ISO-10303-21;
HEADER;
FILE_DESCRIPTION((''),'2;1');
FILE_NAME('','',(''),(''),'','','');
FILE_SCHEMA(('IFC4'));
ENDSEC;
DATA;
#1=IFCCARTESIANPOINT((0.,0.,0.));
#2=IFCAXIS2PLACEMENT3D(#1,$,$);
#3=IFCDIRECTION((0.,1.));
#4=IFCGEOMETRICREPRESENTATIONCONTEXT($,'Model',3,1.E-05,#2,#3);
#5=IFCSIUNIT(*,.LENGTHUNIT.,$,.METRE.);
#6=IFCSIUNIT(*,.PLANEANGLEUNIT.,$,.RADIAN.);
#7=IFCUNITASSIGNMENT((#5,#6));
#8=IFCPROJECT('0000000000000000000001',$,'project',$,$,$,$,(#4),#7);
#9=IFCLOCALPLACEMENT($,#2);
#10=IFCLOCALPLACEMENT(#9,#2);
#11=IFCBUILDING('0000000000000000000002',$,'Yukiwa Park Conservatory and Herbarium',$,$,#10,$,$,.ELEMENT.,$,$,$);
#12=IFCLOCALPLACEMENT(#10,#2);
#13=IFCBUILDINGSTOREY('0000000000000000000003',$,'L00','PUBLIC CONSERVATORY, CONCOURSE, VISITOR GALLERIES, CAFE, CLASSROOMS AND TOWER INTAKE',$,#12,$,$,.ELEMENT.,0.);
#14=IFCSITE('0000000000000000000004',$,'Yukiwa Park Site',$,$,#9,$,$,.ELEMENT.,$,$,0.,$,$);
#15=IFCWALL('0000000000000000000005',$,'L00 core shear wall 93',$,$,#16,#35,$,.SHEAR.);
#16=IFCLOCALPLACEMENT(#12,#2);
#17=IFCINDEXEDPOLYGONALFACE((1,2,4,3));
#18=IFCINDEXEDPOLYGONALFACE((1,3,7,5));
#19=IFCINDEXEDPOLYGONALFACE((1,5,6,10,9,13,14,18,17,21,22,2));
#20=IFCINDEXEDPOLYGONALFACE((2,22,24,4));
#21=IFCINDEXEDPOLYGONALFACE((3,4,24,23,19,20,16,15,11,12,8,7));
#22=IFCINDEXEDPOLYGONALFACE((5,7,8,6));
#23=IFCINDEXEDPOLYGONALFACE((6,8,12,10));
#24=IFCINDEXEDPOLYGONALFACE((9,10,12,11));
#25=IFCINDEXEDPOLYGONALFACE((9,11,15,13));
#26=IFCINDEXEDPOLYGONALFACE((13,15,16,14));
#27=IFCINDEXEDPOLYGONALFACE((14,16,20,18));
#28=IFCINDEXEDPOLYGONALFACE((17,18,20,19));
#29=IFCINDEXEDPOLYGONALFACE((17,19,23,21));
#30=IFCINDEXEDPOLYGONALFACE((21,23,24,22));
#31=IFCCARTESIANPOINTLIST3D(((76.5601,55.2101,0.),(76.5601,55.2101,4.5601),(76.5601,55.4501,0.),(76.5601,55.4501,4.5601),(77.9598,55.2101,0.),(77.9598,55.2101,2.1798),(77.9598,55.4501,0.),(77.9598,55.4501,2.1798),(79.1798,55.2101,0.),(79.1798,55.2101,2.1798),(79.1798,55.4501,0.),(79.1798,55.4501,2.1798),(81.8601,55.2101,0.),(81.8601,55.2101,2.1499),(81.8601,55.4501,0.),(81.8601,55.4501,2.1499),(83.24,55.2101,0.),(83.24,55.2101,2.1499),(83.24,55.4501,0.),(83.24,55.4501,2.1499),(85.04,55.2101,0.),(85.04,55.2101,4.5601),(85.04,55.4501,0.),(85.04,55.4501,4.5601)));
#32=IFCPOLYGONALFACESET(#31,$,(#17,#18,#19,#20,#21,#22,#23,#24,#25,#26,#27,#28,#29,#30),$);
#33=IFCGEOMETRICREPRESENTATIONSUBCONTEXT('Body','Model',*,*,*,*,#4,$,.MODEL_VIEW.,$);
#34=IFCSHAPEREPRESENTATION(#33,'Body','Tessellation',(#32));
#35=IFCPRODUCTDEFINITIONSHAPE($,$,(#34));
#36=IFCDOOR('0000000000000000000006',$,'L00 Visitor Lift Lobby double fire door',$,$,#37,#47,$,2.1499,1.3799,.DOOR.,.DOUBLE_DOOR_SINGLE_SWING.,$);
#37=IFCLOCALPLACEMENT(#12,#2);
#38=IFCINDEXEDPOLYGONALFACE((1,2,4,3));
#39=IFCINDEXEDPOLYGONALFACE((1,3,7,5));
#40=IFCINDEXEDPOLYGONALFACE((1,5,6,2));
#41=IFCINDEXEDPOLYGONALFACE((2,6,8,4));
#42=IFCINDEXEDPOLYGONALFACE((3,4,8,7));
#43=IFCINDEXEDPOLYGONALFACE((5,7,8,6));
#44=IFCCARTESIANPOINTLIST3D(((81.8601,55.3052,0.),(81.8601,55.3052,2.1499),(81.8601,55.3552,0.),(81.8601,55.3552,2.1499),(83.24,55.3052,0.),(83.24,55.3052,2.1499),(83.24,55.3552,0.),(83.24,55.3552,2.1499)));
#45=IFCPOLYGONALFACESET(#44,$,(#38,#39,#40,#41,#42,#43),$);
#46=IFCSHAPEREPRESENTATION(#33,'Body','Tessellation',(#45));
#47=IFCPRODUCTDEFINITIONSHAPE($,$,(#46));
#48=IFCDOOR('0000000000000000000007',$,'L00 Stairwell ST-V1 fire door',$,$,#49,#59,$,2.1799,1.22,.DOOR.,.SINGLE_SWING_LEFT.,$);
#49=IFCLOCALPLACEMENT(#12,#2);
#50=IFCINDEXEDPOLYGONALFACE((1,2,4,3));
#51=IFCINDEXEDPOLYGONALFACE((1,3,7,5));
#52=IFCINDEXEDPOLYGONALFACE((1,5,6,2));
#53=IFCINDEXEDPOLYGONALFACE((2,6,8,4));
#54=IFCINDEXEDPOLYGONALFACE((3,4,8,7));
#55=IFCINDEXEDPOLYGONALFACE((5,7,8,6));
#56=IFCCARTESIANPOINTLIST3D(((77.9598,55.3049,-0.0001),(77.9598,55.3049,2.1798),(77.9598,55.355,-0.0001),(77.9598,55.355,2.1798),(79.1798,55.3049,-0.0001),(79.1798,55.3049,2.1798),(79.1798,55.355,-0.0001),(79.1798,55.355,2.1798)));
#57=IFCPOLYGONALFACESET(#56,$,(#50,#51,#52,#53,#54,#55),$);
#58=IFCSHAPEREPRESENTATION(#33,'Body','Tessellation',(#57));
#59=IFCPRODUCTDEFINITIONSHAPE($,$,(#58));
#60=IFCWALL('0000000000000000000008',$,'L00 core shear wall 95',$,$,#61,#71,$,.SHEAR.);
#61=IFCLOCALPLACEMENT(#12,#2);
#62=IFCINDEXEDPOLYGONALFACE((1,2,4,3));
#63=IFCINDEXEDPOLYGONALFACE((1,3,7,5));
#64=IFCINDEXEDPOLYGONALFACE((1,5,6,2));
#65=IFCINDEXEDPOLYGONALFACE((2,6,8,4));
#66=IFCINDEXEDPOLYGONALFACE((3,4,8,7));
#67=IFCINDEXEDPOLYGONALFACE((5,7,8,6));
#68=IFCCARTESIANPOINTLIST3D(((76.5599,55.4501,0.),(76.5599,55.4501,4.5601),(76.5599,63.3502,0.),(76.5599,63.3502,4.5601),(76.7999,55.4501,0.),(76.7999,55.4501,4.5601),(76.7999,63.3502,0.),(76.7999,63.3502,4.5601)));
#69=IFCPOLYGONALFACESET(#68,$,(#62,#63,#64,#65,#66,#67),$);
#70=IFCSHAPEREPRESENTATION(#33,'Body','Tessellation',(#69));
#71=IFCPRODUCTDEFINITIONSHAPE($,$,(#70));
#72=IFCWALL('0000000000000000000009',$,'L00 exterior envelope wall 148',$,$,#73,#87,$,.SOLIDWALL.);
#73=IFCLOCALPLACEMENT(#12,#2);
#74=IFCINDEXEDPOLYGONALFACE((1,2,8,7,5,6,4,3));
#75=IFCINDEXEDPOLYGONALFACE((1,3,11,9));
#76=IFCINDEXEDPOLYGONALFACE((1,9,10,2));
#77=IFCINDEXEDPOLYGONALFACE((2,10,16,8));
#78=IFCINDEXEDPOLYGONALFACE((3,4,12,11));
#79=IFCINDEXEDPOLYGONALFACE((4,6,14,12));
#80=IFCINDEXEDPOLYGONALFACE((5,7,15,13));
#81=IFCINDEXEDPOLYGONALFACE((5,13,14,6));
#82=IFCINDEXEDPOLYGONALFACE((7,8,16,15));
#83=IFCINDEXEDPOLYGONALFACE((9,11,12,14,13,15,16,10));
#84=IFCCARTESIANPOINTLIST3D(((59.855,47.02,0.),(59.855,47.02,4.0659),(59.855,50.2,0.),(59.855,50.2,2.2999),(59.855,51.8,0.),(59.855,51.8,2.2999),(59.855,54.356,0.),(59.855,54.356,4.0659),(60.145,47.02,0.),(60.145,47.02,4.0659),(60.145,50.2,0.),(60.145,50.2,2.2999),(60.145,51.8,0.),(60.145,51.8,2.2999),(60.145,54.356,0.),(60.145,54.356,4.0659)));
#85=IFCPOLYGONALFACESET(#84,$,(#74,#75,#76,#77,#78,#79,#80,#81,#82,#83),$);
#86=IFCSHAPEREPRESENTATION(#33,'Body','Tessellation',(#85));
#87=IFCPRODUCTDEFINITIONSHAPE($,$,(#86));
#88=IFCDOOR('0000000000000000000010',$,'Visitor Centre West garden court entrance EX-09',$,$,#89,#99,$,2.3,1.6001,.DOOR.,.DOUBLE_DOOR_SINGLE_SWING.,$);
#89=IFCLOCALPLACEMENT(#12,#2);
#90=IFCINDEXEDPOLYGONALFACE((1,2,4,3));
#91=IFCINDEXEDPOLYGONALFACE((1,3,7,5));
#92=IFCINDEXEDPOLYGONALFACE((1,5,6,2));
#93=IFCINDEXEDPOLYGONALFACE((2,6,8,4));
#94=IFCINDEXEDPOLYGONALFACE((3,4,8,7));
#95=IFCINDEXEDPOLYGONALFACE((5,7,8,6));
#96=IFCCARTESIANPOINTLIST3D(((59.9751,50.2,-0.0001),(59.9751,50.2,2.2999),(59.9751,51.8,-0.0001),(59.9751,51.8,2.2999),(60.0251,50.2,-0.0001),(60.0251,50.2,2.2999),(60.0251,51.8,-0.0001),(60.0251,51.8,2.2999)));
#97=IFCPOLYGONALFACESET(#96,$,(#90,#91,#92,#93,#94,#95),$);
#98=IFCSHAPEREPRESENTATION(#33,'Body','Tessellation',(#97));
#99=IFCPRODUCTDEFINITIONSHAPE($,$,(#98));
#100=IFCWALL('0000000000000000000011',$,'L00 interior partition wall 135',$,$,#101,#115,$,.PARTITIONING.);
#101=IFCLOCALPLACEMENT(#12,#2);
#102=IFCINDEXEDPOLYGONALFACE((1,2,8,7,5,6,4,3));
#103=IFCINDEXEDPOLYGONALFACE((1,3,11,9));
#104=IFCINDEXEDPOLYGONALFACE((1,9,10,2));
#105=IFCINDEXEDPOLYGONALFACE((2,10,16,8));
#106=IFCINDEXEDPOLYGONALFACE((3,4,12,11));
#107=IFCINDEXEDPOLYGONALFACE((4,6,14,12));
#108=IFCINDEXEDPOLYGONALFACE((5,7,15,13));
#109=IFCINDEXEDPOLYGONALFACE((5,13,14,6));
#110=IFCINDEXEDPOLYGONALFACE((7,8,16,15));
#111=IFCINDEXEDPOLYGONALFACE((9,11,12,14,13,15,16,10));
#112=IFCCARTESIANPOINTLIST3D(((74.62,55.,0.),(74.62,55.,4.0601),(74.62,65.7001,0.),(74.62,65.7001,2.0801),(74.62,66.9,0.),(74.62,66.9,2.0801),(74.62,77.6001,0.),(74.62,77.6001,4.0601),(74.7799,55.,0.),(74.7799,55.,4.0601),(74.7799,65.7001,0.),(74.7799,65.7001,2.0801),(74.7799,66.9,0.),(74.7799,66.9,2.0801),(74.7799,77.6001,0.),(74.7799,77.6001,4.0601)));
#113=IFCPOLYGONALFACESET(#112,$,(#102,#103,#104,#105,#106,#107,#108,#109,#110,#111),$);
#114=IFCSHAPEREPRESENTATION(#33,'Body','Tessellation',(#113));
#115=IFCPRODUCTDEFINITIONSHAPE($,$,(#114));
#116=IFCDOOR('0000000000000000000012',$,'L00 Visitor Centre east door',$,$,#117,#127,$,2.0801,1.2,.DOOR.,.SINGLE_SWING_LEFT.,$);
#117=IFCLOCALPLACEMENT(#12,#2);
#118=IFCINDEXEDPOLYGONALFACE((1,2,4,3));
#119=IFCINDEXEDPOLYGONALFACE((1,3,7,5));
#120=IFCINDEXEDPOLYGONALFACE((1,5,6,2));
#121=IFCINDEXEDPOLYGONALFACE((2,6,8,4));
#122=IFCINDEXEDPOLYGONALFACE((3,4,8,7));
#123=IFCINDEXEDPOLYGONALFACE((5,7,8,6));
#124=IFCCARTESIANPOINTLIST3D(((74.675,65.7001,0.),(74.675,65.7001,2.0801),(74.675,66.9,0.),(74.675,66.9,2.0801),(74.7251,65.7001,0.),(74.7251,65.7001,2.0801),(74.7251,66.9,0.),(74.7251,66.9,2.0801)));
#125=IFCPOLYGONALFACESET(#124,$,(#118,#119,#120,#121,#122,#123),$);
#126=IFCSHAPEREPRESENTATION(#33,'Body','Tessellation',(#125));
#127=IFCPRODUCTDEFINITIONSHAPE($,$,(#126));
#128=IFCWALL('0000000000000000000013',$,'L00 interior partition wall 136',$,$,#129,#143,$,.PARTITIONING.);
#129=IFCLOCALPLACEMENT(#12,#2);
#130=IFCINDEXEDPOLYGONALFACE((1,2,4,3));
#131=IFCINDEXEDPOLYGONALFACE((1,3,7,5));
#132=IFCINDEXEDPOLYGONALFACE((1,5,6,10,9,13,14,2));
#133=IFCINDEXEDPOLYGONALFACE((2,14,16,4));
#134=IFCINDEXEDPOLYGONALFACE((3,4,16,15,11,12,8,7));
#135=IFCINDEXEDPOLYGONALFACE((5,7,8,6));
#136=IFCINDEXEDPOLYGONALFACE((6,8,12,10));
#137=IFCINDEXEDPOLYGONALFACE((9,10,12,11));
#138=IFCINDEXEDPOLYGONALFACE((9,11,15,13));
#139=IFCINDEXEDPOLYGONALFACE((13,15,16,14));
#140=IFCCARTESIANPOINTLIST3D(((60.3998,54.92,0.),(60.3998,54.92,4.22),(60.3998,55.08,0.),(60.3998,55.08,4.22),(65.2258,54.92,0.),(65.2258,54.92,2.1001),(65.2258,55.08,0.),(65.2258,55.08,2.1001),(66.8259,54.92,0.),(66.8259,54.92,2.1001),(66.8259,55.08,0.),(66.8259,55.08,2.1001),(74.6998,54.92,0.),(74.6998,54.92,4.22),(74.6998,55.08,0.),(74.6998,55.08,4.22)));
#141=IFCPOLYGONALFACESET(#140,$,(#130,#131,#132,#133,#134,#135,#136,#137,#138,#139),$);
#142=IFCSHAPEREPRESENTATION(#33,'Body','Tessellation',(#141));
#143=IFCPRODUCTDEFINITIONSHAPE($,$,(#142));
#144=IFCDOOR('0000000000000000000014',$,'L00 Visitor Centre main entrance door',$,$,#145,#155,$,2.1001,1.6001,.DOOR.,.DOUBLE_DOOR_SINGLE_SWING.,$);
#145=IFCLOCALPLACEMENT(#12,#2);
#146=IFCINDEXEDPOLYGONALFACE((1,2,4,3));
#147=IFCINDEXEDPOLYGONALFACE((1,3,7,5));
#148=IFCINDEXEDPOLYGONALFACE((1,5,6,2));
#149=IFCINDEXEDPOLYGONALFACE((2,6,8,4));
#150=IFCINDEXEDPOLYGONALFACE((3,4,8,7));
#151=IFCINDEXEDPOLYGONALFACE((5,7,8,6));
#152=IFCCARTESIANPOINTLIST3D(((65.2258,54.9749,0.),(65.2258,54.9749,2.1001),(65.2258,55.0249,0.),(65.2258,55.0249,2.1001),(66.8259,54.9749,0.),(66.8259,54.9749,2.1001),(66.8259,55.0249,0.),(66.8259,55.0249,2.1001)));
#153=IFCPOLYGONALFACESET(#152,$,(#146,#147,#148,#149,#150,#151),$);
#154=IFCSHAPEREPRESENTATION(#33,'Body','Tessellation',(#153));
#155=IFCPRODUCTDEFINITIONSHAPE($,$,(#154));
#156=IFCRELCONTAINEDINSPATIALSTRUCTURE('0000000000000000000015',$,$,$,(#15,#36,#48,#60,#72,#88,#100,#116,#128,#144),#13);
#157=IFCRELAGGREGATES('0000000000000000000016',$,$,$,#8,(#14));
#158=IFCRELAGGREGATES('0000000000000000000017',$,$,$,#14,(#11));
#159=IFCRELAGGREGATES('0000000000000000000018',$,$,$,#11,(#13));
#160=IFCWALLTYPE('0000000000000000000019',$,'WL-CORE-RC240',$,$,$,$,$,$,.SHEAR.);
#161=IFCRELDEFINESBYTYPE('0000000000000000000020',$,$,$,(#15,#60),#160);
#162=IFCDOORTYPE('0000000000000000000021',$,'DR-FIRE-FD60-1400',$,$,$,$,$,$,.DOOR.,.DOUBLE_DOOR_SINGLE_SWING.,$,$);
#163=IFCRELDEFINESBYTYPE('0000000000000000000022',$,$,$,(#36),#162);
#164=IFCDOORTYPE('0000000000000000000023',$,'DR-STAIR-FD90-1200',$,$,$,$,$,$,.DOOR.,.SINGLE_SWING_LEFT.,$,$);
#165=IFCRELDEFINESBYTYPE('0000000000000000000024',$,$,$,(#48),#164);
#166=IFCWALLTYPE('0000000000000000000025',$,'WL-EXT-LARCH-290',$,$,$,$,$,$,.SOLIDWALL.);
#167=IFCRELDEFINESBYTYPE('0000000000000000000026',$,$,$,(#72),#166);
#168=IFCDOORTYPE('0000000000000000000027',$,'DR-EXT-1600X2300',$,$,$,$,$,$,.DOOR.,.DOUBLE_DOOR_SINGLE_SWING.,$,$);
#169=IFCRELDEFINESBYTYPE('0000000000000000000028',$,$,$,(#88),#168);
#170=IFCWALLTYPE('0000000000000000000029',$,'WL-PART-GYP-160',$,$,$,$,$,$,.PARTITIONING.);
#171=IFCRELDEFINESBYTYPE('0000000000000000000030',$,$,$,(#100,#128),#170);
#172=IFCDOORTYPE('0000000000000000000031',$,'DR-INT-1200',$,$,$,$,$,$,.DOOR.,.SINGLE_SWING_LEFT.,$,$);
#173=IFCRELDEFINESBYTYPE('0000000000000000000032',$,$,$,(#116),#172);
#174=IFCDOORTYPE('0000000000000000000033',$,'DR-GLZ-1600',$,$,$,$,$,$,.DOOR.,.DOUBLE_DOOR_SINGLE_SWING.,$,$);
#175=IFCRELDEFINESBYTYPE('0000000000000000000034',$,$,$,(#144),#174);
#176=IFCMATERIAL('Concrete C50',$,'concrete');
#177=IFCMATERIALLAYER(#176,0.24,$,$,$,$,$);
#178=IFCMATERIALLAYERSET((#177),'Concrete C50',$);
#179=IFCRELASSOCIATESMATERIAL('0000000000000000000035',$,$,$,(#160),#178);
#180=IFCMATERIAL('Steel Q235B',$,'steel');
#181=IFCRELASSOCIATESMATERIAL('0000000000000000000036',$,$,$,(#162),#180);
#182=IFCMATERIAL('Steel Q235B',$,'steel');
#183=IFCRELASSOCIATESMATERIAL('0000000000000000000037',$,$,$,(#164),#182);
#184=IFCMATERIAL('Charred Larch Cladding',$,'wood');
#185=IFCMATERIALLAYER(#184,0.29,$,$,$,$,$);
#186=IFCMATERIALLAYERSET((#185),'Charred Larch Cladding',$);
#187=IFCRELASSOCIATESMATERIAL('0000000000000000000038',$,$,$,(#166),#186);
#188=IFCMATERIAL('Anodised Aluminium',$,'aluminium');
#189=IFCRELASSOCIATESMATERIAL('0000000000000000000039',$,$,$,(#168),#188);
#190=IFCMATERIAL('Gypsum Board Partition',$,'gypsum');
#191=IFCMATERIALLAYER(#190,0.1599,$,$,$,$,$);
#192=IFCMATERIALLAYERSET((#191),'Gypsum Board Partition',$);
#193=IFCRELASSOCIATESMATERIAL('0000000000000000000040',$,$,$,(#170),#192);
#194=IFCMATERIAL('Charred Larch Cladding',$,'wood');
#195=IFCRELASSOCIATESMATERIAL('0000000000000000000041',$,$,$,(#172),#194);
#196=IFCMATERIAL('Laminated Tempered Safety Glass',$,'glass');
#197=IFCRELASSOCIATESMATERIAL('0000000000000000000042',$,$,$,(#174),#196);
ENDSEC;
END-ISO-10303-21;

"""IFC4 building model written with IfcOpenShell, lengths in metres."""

from ifc_helpers import new_model, si_unit, direction, frame, frame_2d, origin, place, context, subcontext, project, spatial, rectangle, extrude, material, layer, layer_set, type_object, element, fill, save


model = new_model("IFC4")

# Units and contexts
model_context = context("Model", 3, precision=1e-05, world=origin(), true_north=direction((0.0, 1.0)))
body_context = subcontext(model_context, "Body", "Model", "MODEL_VIEW")
ifc_project = project(units=[si_unit("LENGTHUNIT", "METRE"), si_unit("PLANEANGLEUNIT", "RADIAN")], contexts=[model_context])

# Site, building, storey
site_placement = place(None, origin())
site = spatial("IfcSite", under=ifc_project, at=site_placement, Name="Yukiwa Park Site", CompositionType="ELEMENT", RefElevation=0.0)
building_placement = place(site_placement, origin())
building = spatial("IfcBuilding", under=site, at=building_placement, Name="Yukiwa Park Conservatory and Herbarium", CompositionType="ELEMENT")
storey_placement = place(building_placement, origin())
storey = spatial("IfcBuildingStorey", under=building, at=storey_placement, Name="L00", Description="PUBLIC CONSERVATORY, CONCOURSE, VISITOR GALLERIES, CAFE, CLASSROOMS AND TOWER INTAKE", CompositionType="ELEMENT", Elevation=0.0)

# Wall, openings, doors
ifc_material_1 = material(Name="Concrete C50", Category="concrete")
ifc_layer_1 = layer(ifc_material_1, 0.24)
ifc_layer_set_1 = layer_set([ifc_layer_1], Name="Concrete C50")
wall_type_1 = type_object("IfcWallType", Name="WL-CORE-RC240", PredefinedType="SHEAR", material=ifc_layer_set_1)
wall_1_placement = place(storey_placement, frame((76.5601, 55.3301, 0.0), z_axis=(0.0, 0.0, 1.0), x_axis=(1.0, 0.0, 0.0)))
wall_1 = element("IfcWall", 1, at=wall_1_placement, inside=storey, type_object=wall_type_1, Name="L00 core shear wall 93", PredefinedType="SHEAR", context=body_context, shape_type="SweptSolid", body=[
    extrude(rectangle(XDim=8.48, YDim=0.24, at=frame_2d((4.24, 0.0))), origin(), (0.0, 0.0, 1.0), 4.5601),
])
opening_1_placement = place(wall_1_placement, frame((1.3999, 0.0, 0.0)))
opening_1 = element("IfcOpeningElement", 2, at=opening_1_placement, cuts=wall_1, PredefinedType="OPENING", context=body_context, shape_type="SweptSolid", body=[
    extrude(rectangle(XDim=1.22, YDim=2.1799, at=frame_2d((0.6099, 1.0898))), frame((0.0, 0.1299, 0.0), z_axis=(0.0, -1.0, 0.0), x_axis=(1.0, 0.0, 0.0)), (0.0, 0.0, 1.0), 0.26),
])
opening_2_placement = place(wall_1_placement, frame((5.3, 0.0, 0.0)))
opening_2 = element("IfcOpeningElement", 3, at=opening_2_placement, cuts=wall_1, PredefinedType="OPENING", context=body_context, shape_type="SweptSolid", body=[
    extrude(rectangle(XDim=1.3799, YDim=2.1499, at=frame_2d((0.6899, 1.075))), frame((0.0, 0.1299, 0.0), z_axis=(0.0, -1.0, 0.0), x_axis=(1.0, 0.0, 0.0)), (0.0, 0.0, 1.0), 0.26),
])
ifc_material_2 = material(Name="Steel Q235B", Category="steel")
door_type_1 = type_object("IfcDoorType", Name="DR-FIRE-FD60-1400", OperationType="DOUBLE_DOOR_SINGLE_SWING", PredefinedType="DOOR", material=ifc_material_2)
door_1_placement = place(opening_2_placement, frame((1.3799, 0.0, 0.0), z_axis=(0.0, 0.0, 1.0), x_axis=(-1.0, 0.0, 0.0)))
door_1 = element("IfcDoor", 4, at=door_1_placement, inside=storey, type_object=door_type_1, Name="L00 Visitor Lift Lobby double fire door", OperationType="DOUBLE_DOOR_SINGLE_SWING", OverallHeight=2.1499, OverallWidth=1.3799, PredefinedType="DOOR", context=body_context, shape_type="SweptSolid", body=[
    extrude(rectangle(XDim=1.3799, YDim=2.1499, at=frame_2d((0.6899, 1.075))), frame((0.0, 0.0249, 0.0), z_axis=(0.0, -1.0, 0.0), x_axis=(1.0, 0.0, 0.0)), (0.0, 0.0, 1.0), 0.05),
])
fill(opening_2, door_1)
ifc_material_3 = material(Name="Steel Q235B", Category="steel")
door_type_2 = type_object("IfcDoorType", Name="DR-STAIR-FD90-1200", OperationType="SINGLE_SWING_LEFT", PredefinedType="DOOR", material=ifc_material_3)
door_2_placement = place(opening_1_placement, origin())
door_2 = element("IfcDoor", 5, at=door_2_placement, inside=storey, type_object=door_type_2, Name="L00 Stairwell ST-V1 fire door", OperationType="SINGLE_SWING_LEFT", OverallHeight=2.1799, OverallWidth=1.22, PredefinedType="DOOR", context=body_context, shape_type="SweptSolid", body=[
    extrude(rectangle(XDim=1.22, YDim=2.1799, at=frame_2d((0.6099, 1.0898))), frame((0.0, 0.0249, 0.0), z_axis=(0.0, -1.0, 0.0), x_axis=(1.0, 0.0, 0.0)), (0.0, 0.0, 1.0), 0.05),
])
fill(opening_1, door_2)

# Wall
wall_2_placement = place(storey_placement, frame((76.6799, 55.45, 0.0), z_axis=(0.0, 0.0, 1.0), x_axis=(0.0, 1.0, 0.0)))
element("IfcWall", 6, at=wall_2_placement, inside=storey, type_object=wall_type_1, Name="L00 core shear wall 95", PredefinedType="SHEAR", context=body_context, shape_type="SweptSolid", body=[
    extrude(rectangle(XDim=7.9001, YDim=0.24, at=frame_2d((3.9502, 0.0))), origin(), (0.0, 0.0, 1.0), 4.5601),
])

# Walls, openings, doors
ifc_material_4 = material(Name="Charred Larch Cladding", Category="wood")
ifc_layer_2 = layer(ifc_material_4, 0.29)
ifc_layer_set_2 = layer_set([ifc_layer_2], Name="Charred Larch Cladding")
wall_type_2 = type_object("IfcWallType", Name="WL-EXT-LARCH-290", PredefinedType="SOLIDWALL", material=ifc_layer_set_2)
wall_3_placement = place(storey_placement, frame((60.0, 54.356, 0.0), z_axis=(0.0, 0.0, 1.0), x_axis=(0.0, -1.0, 0.0)))
wall_3 = element("IfcWall", 7, at=wall_3_placement, inside=storey, type_object=wall_type_2, Name="L00 exterior envelope wall 148", PredefinedType="SOLIDWALL", context=body_context, shape_type="SweptSolid", body=[
    extrude(rectangle(XDim=7.3359, YDim=0.29, at=frame_2d((3.668, 0.0))), origin(), (0.0, 0.0, 1.0), 4.0659),
])
opening_3_placement = place(wall_3_placement, frame((2.5559, 0.0, 0.0)))
opening_3 = element("IfcOpeningElement", 8, at=opening_3_placement, cuts=wall_3, PredefinedType="OPENING", context=body_context, shape_type="SweptSolid", body=[
    extrude(rectangle(XDim=1.6001, YDim=2.3, at=frame_2d((0.8, 1.1499))), frame((0.0, 0.155, 0.0), z_axis=(0.0, -1.0, 0.0), x_axis=(1.0, 0.0, 0.0)), (0.0, 0.0, 1.0), 0.3101),
])
ifc_material_5 = material(Name="Anodised Aluminium", Category="aluminium")
door_type_3 = type_object("IfcDoorType", Name="DR-EXT-1600X2300", OperationType="DOUBLE_DOOR_SINGLE_SWING", PredefinedType="DOOR", material=ifc_material_5)
door_3_placement = place(opening_3_placement, frame((1.6001, 0.0, 0.0), z_axis=(0.0, 0.0, 1.0), x_axis=(-1.0, 0.0, 0.0)))
door_3 = element("IfcDoor", 9, at=door_3_placement, inside=storey, type_object=door_type_3, Name="Visitor Centre West garden court entrance EX-09", OperationType="DOUBLE_DOOR_SINGLE_SWING", OverallHeight=2.3, OverallWidth=1.6001, PredefinedType="DOOR", context=body_context, shape_type="SweptSolid", body=[
    extrude(rectangle(XDim=1.6001, YDim=2.3, at=frame_2d((0.8, 1.1499))), frame((0.0, 0.0249, 0.0), z_axis=(0.0, -1.0, 0.0), x_axis=(1.0, 0.0, 0.0)), (0.0, 0.0, 1.0), 0.05),
])
fill(opening_3, door_3)
ifc_material_6 = material(Name="Gypsum Board Partition", Category="gypsum")
ifc_layer_3 = layer(ifc_material_6, 0.1599)
ifc_layer_set_3 = layer_set([ifc_layer_3], Name="Gypsum Board Partition")
wall_type_3 = type_object("IfcWallType", Name="WL-PART-GYP-160", PredefinedType="PARTITIONING", material=ifc_layer_set_3)
wall_4_placement = place(storey_placement, frame((74.7, 55.0, 0.0), z_axis=(0.0, 0.0, 1.0), x_axis=(0.0, 1.0, 0.0)))
wall_4 = element("IfcWall", 10, at=wall_4_placement, inside=storey, type_object=wall_type_3, Name="L00 interior partition wall 135", PredefinedType="PARTITIONING", context=body_context, shape_type="SweptSolid", body=[
    extrude(rectangle(XDim=22.6001, YDim=0.1599, at=frame_2d((11.3, 0.0))), origin(), (0.0, 0.0, 1.0), 4.0601),
])
opening_4_placement = place(wall_4_placement, frame((10.7, 0.0, 0.0)))
opening_4 = element("IfcOpeningElement", 11, at=opening_4_placement, cuts=wall_4, PredefinedType="OPENING", context=body_context, shape_type="SweptSolid", body=[
    extrude(rectangle(XDim=1.2, YDim=2.0801, at=frame_2d((0.6001, 1.04))), frame((0.0, 0.0898, 0.0), z_axis=(0.0, -1.0, 0.0), x_axis=(1.0, 0.0, 0.0)), (0.0, 0.0, 1.0), 0.1799),
])
ifc_material_7 = material(Name="Charred Larch Cladding", Category="wood")
door_type_4 = type_object("IfcDoorType", Name="DR-INT-1200", OperationType="SINGLE_SWING_LEFT", PredefinedType="DOOR", material=ifc_material_7)
door_4_placement = place(opening_4_placement, origin())
door_4 = element("IfcDoor", 12, at=door_4_placement, inside=storey, type_object=door_type_4, Name="L00 Visitor Centre east door", OperationType="SINGLE_SWING_LEFT", OverallHeight=2.0801, OverallWidth=1.2, PredefinedType="DOOR", context=body_context, shape_type="SweptSolid", body=[
    extrude(rectangle(XDim=1.2, YDim=2.0801, at=frame_2d((0.6001, 1.04))), frame((0.0, 0.0249, 0.0), z_axis=(0.0, -1.0, 0.0), x_axis=(1.0, 0.0, 0.0)), (0.0, 0.0, 1.0), 0.05),
])
fill(opening_4, door_4)
wall_5_placement = place(storey_placement, frame((60.3999, 55.0, 0.0), z_axis=(0.0, 0.0, 1.0), x_axis=(1.0, 0.0, 0.0)))
wall_5 = element("IfcWall", 13, at=wall_5_placement, inside=storey, type_object=wall_type_3, Name="L00 interior partition wall 136", PredefinedType="PARTITIONING", context=body_context, shape_type="SweptSolid", body=[
    extrude(rectangle(XDim=14.3, YDim=0.1599, at=frame_2d((7.1499, 0.0))), origin(), (0.0, 0.0, 1.0), 4.22),
])
opening_5_placement = place(wall_5_placement, frame((4.8259, 0.0, 0.0)))
opening_5 = element("IfcOpeningElement", 14, at=opening_5_placement, cuts=wall_5, PredefinedType="OPENING", context=body_context, shape_type="SweptSolid", body=[
    extrude(rectangle(XDim=1.6001, YDim=2.1001, at=frame_2d((0.8, 1.05))), frame((0.0, 0.0898, 0.0), z_axis=(0.0, -1.0, 0.0), x_axis=(1.0, 0.0, 0.0)), (0.0, 0.0, 1.0), 0.1799),
])
ifc_material_8 = material(Name="Laminated Tempered Safety Glass", Category="glass")
door_type_5 = type_object("IfcDoorType", Name="DR-GLZ-1600", OperationType="DOUBLE_DOOR_SINGLE_SWING", PredefinedType="DOOR", material=ifc_material_8)
door_5_placement = place(opening_5_placement, origin())
door_5 = element("IfcDoor", 15, at=door_5_placement, inside=storey, type_object=door_type_5, Name="L00 Visitor Centre main entrance door", OperationType="DOUBLE_DOOR_SINGLE_SWING", OverallHeight=2.1001, OverallWidth=1.6001, PredefinedType="DOOR", context=body_context, shape_type="SweptSolid", body=[
    extrude(rectangle(XDim=1.6001, YDim=2.1001, at=frame_2d((0.8, 1.05))), frame((0.0, 0.0249, 0.0), z_axis=(0.0, -1.0, 0.0), x_axis=(1.0, 0.0, 0.0)), (0.0, 0.0, 1.0), 0.05),
])
fill(opening_5, door_5)

save(model, "model.ifc")
